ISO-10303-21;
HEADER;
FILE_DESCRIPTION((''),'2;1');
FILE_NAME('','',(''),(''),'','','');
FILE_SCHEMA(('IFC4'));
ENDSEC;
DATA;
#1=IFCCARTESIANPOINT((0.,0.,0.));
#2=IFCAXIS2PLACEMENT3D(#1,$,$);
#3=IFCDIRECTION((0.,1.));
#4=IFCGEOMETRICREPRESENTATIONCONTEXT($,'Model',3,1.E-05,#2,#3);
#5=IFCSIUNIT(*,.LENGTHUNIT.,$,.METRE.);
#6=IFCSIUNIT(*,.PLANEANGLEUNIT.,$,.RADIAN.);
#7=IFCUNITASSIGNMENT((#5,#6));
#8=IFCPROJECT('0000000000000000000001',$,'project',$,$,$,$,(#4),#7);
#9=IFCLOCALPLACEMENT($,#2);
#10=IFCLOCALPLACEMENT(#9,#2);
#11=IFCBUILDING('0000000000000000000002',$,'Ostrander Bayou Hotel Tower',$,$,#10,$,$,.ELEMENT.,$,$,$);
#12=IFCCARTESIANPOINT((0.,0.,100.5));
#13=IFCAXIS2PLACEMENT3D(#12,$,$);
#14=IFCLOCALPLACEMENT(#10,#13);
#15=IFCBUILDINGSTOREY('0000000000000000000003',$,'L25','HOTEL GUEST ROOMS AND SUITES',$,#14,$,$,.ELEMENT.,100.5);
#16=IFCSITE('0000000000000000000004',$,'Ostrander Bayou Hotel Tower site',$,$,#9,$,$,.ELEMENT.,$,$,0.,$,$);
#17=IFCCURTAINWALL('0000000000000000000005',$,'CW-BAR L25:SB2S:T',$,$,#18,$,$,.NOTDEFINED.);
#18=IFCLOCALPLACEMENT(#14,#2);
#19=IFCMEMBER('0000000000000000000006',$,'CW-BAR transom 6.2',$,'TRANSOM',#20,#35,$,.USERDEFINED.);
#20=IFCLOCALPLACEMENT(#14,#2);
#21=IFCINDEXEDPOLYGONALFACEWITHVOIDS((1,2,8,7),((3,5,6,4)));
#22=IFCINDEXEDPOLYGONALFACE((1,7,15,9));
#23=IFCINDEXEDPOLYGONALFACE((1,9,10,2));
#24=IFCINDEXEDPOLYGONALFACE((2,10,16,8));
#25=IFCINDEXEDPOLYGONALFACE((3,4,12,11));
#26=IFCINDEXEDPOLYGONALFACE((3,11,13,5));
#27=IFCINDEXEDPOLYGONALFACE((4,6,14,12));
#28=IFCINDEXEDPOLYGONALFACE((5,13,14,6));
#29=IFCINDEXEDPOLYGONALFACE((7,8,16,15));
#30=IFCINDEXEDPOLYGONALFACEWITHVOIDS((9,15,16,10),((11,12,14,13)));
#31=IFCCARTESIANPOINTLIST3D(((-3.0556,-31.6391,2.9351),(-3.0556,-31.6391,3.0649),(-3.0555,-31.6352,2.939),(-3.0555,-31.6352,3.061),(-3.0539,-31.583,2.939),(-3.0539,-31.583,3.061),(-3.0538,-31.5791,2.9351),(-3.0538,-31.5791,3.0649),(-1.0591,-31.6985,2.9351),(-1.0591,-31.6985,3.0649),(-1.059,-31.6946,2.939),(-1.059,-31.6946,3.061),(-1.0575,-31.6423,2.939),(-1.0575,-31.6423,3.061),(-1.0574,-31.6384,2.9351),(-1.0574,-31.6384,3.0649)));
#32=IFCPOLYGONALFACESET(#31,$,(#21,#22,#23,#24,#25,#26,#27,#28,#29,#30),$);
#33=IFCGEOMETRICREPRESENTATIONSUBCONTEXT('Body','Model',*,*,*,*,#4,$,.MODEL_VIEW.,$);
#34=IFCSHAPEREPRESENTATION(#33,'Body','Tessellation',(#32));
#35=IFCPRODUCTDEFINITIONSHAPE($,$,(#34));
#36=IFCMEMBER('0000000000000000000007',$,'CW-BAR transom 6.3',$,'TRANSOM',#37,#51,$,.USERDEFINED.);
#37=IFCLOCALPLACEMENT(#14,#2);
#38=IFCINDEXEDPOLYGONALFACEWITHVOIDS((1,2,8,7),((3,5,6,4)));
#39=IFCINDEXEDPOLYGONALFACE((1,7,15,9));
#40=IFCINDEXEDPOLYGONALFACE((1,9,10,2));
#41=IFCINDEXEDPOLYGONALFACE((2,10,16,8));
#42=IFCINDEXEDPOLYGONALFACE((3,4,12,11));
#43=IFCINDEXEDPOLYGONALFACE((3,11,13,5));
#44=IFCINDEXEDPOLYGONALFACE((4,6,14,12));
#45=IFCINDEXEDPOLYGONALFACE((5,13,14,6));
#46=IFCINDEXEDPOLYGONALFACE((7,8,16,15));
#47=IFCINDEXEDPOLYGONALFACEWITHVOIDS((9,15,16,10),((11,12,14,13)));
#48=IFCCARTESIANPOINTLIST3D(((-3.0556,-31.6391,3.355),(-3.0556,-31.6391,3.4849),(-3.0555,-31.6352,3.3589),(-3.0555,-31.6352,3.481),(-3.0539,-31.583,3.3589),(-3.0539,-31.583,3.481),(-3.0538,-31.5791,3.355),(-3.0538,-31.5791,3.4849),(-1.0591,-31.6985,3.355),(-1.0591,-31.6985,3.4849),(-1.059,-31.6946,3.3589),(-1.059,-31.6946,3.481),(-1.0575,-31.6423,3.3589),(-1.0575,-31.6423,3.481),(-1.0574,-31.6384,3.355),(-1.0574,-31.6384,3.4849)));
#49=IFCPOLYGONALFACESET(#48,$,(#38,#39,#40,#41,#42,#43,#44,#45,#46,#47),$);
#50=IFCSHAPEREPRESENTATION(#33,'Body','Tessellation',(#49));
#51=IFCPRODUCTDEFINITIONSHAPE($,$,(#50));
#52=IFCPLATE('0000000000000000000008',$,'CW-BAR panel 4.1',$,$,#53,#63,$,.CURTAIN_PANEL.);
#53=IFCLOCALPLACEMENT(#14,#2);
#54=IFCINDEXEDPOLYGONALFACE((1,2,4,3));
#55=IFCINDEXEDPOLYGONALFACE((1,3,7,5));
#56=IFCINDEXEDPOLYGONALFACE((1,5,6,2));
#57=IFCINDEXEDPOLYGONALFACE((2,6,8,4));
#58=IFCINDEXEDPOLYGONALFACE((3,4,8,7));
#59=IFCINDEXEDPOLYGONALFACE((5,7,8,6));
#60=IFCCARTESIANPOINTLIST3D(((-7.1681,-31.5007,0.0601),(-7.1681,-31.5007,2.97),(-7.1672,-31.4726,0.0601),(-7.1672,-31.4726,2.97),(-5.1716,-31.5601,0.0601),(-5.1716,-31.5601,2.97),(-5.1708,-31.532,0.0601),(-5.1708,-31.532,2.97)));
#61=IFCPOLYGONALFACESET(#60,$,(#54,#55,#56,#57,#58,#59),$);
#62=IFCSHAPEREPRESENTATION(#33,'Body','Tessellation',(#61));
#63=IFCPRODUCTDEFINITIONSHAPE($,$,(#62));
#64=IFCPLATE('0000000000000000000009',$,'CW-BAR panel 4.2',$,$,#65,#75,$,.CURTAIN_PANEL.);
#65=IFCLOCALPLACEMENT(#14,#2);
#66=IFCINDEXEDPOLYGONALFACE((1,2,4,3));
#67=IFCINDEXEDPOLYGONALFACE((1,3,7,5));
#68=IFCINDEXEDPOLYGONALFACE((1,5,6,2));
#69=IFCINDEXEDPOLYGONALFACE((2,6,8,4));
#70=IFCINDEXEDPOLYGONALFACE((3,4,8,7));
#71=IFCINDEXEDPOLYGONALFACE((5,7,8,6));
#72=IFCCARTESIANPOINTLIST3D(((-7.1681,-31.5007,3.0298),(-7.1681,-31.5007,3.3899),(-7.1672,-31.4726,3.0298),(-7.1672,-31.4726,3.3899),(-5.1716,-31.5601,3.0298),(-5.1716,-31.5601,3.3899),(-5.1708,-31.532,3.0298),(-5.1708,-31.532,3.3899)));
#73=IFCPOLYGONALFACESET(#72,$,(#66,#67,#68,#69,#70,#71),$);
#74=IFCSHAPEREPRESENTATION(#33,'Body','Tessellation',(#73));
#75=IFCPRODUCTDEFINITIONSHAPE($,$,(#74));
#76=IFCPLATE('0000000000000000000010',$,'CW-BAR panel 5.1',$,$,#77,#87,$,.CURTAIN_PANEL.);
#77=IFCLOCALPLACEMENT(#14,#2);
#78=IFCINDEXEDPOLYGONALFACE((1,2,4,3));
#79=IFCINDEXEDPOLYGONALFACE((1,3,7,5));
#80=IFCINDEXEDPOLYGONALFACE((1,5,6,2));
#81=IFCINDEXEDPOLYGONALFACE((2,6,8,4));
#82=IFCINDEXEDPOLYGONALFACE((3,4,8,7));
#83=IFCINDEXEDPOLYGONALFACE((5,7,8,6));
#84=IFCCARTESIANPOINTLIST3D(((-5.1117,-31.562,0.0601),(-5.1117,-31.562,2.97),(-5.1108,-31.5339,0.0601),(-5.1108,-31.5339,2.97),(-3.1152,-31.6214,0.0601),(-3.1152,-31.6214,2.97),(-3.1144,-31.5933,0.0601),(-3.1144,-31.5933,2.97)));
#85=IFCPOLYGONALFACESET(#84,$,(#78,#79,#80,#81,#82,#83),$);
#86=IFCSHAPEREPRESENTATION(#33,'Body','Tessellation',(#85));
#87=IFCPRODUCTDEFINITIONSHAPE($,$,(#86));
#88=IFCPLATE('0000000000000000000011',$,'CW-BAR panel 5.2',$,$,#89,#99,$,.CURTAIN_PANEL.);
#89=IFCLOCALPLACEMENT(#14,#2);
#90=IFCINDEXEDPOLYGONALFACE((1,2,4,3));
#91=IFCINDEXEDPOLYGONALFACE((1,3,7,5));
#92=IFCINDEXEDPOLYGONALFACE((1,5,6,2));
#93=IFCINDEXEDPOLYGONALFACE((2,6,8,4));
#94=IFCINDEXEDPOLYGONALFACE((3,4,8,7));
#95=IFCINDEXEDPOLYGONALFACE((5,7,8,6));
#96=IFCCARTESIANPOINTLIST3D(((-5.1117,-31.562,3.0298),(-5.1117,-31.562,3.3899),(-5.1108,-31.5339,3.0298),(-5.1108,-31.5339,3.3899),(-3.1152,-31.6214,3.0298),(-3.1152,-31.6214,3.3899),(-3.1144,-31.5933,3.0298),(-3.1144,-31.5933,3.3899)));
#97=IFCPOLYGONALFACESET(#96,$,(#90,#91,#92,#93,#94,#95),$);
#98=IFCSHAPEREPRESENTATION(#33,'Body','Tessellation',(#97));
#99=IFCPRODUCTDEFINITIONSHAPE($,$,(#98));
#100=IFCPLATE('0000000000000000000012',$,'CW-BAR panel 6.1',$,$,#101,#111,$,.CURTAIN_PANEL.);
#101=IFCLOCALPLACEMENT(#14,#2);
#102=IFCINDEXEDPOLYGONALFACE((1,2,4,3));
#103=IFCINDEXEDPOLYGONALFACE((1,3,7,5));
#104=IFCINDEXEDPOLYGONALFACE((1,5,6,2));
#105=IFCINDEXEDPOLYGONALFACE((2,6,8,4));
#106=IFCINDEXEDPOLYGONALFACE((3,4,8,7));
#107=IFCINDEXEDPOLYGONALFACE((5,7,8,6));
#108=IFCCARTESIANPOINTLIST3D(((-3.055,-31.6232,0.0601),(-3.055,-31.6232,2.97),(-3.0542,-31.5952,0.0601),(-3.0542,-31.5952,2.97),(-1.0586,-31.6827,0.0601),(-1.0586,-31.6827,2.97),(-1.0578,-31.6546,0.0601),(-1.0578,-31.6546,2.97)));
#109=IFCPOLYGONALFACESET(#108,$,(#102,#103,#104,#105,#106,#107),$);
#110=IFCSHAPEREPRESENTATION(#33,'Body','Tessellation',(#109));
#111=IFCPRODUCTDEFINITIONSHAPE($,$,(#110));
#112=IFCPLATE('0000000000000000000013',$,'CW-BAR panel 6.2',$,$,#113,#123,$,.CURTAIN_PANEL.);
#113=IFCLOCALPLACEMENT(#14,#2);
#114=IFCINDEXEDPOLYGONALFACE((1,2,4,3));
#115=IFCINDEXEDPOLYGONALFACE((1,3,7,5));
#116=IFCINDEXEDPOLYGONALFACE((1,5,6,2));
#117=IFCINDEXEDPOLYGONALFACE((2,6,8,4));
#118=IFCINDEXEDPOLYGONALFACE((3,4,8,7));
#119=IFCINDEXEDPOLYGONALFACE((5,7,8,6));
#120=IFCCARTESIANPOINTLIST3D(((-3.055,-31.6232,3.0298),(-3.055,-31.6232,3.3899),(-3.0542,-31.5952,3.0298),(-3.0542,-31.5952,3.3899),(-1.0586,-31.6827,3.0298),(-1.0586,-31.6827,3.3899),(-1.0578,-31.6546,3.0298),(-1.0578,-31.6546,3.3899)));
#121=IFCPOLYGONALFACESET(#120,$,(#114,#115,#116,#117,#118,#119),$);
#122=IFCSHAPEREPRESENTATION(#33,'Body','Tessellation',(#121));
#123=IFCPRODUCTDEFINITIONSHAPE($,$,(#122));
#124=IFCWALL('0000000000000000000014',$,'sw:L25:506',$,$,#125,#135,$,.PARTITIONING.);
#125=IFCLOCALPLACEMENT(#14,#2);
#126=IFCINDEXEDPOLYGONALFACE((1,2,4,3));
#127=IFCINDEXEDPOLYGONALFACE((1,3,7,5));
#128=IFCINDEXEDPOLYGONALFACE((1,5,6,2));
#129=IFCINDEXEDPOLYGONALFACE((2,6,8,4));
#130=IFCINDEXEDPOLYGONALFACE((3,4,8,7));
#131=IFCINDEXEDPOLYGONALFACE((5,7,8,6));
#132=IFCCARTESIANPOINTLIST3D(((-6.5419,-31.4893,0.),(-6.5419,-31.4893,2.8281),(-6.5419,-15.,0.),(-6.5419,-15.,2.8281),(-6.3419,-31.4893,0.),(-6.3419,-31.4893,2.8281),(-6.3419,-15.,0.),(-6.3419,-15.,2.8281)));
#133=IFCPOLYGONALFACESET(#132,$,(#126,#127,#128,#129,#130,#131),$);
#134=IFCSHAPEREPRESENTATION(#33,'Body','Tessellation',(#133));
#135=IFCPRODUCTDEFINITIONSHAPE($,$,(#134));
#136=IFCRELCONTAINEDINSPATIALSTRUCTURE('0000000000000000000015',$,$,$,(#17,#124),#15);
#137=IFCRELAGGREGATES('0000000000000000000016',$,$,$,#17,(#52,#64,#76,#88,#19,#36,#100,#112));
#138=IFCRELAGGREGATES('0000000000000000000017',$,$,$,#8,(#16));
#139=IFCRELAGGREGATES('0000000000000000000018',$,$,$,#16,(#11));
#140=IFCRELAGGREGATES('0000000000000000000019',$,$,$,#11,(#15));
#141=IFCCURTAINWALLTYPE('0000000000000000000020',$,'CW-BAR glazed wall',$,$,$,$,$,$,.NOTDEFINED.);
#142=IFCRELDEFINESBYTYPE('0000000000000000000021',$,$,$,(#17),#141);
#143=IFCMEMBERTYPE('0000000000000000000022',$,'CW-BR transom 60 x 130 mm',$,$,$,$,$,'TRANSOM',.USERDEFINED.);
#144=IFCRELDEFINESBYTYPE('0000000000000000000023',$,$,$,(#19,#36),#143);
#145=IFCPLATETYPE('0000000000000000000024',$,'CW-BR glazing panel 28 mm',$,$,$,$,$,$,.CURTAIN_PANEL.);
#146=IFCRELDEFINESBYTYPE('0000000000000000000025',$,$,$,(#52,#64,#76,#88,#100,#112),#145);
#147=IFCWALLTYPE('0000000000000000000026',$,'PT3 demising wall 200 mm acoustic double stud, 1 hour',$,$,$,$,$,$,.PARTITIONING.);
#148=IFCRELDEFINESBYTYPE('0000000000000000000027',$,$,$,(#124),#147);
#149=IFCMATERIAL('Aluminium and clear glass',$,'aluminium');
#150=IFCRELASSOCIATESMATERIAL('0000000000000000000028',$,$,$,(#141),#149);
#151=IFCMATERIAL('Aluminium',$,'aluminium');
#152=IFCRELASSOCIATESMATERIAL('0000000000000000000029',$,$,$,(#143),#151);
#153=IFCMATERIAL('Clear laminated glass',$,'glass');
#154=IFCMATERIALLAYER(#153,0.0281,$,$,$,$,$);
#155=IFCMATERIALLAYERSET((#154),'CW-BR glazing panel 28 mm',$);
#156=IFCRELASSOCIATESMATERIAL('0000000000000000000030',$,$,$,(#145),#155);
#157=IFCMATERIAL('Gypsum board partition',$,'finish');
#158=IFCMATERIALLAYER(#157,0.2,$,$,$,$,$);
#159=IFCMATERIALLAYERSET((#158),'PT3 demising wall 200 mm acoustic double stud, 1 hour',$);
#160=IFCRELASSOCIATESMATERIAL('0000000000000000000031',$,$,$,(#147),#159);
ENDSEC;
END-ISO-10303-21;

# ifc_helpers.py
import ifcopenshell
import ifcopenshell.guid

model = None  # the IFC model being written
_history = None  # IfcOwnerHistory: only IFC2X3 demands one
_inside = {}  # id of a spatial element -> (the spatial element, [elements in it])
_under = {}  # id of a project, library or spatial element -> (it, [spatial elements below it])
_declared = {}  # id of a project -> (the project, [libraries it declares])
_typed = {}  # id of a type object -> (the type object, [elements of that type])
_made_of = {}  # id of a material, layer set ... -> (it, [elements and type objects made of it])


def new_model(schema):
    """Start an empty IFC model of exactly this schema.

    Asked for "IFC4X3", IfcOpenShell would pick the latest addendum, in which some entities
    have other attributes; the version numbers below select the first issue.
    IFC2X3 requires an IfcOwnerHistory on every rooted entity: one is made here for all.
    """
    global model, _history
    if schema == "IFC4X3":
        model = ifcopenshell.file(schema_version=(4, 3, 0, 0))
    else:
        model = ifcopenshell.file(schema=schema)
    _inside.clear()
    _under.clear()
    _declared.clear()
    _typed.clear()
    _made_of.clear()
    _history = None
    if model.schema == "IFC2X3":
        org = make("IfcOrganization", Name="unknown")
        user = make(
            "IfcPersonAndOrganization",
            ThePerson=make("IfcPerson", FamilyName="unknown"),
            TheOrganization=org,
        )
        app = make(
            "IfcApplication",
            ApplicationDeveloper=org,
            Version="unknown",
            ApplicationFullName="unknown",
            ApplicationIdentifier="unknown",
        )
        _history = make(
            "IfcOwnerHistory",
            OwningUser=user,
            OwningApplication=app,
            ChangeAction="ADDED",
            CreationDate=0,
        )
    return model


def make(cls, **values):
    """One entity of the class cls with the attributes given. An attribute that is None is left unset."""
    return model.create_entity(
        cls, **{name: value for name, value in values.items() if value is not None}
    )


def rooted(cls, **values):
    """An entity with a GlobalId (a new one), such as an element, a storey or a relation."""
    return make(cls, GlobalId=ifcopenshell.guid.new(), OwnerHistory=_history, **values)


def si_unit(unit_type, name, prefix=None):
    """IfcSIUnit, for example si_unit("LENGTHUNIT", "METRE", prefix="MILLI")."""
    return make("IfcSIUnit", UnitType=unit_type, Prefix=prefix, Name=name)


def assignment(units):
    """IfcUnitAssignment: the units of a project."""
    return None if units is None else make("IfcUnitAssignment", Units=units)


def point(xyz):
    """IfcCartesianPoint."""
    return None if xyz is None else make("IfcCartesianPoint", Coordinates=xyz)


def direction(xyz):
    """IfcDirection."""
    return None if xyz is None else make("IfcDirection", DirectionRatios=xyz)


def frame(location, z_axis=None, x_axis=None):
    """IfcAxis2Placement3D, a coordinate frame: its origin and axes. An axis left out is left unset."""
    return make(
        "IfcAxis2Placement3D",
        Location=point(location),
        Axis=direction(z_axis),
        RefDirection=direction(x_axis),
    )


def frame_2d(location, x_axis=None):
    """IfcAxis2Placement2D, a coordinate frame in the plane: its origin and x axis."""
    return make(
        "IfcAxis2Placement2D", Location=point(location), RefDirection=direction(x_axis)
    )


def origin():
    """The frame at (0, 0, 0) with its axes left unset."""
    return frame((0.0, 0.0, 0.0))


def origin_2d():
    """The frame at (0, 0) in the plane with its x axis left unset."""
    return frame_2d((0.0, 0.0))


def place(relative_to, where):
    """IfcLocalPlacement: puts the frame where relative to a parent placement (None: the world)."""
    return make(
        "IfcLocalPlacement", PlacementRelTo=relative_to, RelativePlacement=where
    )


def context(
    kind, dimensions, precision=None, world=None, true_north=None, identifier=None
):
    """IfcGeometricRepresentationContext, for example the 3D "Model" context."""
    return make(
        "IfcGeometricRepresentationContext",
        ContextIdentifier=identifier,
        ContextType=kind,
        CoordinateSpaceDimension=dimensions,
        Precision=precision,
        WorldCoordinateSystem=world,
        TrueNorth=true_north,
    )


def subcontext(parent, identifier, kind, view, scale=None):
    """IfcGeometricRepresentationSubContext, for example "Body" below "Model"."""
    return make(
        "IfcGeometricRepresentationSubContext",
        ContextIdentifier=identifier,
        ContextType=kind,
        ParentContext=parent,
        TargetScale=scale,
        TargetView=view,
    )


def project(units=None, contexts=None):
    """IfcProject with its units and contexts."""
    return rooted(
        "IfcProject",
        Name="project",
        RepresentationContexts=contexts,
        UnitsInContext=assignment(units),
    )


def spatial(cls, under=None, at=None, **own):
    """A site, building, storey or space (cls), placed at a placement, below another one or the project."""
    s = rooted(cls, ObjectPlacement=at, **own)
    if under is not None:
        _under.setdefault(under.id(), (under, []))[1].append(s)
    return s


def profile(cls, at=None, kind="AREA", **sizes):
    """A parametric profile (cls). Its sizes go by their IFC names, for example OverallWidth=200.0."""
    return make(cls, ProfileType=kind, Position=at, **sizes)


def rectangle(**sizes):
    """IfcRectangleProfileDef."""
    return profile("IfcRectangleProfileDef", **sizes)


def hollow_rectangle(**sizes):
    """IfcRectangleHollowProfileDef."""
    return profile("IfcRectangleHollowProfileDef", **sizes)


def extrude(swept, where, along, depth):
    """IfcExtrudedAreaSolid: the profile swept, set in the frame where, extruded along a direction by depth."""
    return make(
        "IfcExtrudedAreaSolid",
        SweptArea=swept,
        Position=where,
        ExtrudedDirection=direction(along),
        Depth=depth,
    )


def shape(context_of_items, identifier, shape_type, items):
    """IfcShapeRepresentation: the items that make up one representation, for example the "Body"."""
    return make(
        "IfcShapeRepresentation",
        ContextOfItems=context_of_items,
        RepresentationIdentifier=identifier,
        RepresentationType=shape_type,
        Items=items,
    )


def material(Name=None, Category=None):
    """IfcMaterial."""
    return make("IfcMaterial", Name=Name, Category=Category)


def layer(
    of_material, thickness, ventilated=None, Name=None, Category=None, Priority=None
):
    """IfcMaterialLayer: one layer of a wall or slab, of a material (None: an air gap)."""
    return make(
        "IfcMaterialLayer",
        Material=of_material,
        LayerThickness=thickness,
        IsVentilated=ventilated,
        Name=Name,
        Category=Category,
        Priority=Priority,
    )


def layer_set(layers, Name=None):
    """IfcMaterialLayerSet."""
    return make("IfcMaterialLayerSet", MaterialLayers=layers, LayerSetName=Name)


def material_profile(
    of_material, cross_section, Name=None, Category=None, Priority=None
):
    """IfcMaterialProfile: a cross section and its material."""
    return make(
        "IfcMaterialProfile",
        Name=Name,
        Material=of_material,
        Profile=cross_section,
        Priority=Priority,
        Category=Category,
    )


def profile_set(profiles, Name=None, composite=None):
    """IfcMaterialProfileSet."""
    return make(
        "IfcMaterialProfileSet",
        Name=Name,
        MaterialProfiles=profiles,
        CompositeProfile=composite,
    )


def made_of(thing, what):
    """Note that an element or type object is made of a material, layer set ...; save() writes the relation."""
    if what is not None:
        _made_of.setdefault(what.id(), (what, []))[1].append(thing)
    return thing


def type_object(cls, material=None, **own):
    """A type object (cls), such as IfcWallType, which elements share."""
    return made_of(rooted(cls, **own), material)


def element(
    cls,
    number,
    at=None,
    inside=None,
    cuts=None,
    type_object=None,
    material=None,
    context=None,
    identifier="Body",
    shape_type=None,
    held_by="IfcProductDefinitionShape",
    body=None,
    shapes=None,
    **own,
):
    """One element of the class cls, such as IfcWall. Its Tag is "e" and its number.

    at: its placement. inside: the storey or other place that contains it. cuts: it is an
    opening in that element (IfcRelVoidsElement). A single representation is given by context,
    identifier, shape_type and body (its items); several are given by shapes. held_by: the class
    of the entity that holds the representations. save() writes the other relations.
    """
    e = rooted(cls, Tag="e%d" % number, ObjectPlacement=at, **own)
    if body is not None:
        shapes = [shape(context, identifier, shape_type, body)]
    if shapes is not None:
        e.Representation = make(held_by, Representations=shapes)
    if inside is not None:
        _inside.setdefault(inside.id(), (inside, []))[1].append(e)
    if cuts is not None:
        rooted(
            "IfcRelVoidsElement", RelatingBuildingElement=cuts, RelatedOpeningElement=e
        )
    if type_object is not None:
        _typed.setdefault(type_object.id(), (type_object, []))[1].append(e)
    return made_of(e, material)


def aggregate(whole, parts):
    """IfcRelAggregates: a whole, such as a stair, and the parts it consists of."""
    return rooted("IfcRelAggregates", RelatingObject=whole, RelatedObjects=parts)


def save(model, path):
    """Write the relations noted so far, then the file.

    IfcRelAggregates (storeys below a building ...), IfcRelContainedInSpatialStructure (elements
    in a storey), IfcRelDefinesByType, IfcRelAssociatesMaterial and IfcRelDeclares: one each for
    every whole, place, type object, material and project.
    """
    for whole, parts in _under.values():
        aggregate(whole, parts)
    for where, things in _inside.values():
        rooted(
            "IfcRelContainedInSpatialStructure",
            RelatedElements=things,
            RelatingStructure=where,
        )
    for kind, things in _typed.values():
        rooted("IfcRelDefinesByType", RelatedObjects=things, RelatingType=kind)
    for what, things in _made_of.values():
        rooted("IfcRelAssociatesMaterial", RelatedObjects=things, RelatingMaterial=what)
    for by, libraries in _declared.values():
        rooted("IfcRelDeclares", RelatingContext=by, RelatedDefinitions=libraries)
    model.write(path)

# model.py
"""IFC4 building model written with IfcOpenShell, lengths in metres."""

from ifc_helpers import new_model, si_unit, direction, frame, frame_2d, origin, origin_2d, place, context, subcontext, project, spatial, rectangle, hollow_rectangle, extrude, material, layer, layer_set, material_profile, profile_set, type_object, element, aggregate, save


model = new_model("IFC4")

# Units and contexts
model_context = context("Model", 3, precision=1e-05, world=origin(), true_north=direction((0.0, 1.0)))
body_context = subcontext(model_context, "Body", "Model", "MODEL_VIEW")
ifc_project = project(units=[si_unit("LENGTHUNIT", "METRE"), si_unit("PLANEANGLEUNIT", "RADIAN")], contexts=[model_context])

# Site, building, storey
site_placement = place(None, origin())
site = spatial("IfcSite", under=ifc_project, at=site_placement, Name="Ostrander Bayou Hotel Tower site", CompositionType="ELEMENT", RefElevation=0.0)
building_placement = place(site_placement, origin())
building = spatial("IfcBuilding", under=site, at=building_placement, Name="Ostrander Bayou Hotel Tower", CompositionType="ELEMENT")
storey_placement = place(building_placement, frame((0.0, 0.0, 100.5)))
storey = spatial("IfcBuildingStorey", under=building, at=storey_placement, Name="L25", Description="HOTEL GUEST ROOMS AND SUITES", CompositionType="ELEMENT", Elevation=100.5)

# Curtain wall, members, plates
ifc_material_1 = material(Name="Aluminium and clear glass", Category="aluminium")
curtain_wall_type = type_object("IfcCurtainWallType", Name="CW-BAR glazed wall", PredefinedType="NOTDEFINED", material=ifc_material_1)
curtain_wall_placement = place(storey_placement, origin())
curtain_wall = element("IfcCurtainWall", 1, at=curtain_wall_placement, inside=storey, type_object=curtain_wall_type, Name="CW-BAR L25:SB2S:T", PredefinedType="NOTDEFINED")
ifc_material_2 = material(Name="Aluminium", Category="aluminium")
ifc_material_profile_1 = material_profile(ifc_material_2, hollow_rectangle(XDim=0.0601, YDim=0.1299, WallThickness=0.0039, at=origin_2d()))
ifc_profile_set_1 = profile_set([ifc_material_profile_1], Name="Aluminium")
member_type_1 = type_object("IfcMemberType", Name="CW-BR transom 60 x 130 mm", ElementType="TRANSOM", PredefinedType="USERDEFINED", material=ifc_profile_set_1)
member_1_placement = place(storey_placement, frame((-3.0547, -31.6091, 3.0), z_axis=(0.999559, -0.029704, 0.0), x_axis=(0.029704, 0.999559, 0.0)))
member_1 = element("IfcMember", 2, at=member_1_placement, type_object=member_type_1, Name="CW-BAR transom 6.2", ObjectType="TRANSOM", PredefinedType="USERDEFINED", context=body_context, shape_type="SweptSolid", body=[
    extrude(hollow_rectangle(XDim=0.0601, YDim=0.1299, WallThickness=0.0039, at=origin_2d()), origin(), (0.0, 0.0, 1.0), 1.9973),
])
member_2_placement = place(storey_placement, frame((-3.0547, -31.6091, 3.4199), z_axis=(0.999559, -0.029704, 0.0), x_axis=(0.029704, 0.999559, 0.0)))
member_2 = element("IfcMember", 3, at=member_2_placement, type_object=member_type_1, Name="CW-BAR transom 6.3", ObjectType="TRANSOM", PredefinedType="USERDEFINED", context=body_context, shape_type="SweptSolid", body=[
    extrude(hollow_rectangle(XDim=0.0601, YDim=0.1299, WallThickness=0.0039, at=origin_2d()), origin(), (0.0, 0.0, 1.0), 1.9973),
])
ifc_material_3 = material(Name="Clear laminated glass", Category="glass")
ifc_layer_1 = layer(ifc_material_3, 0.0281)
ifc_layer_set_1 = layer_set([ifc_layer_1], Name="CW-BR glazing panel 28 mm")
plate_type = type_object("IfcPlateType", Name="CW-BR glazing panel 28 mm", PredefinedType="CURTAIN_PANEL", material=ifc_layer_set_1)
plate_1_placement = place(storey_placement, frame((-6.1694, -31.5164, 0.0601), z_axis=(0.0, 0.0, 1.0), x_axis=(0.999557, -0.029746, 0.0)))
plate_1 = element("IfcPlate", 4, at=plate_1_placement, type_object=plate_type, Name="CW-BAR panel 4.1", PredefinedType="CURTAIN_PANEL", context=body_context, shape_type="SweptSolid", body=[
    extrude(rectangle(XDim=1.9973, YDim=0.0281, at=origin_2d()), origin(), (0.0, 0.0, 1.0), 2.9099),
])
plate_2_placement = place(storey_placement, frame((-6.1694, -31.5164, 3.0298), z_axis=(0.0, 0.0, 1.0), x_axis=(0.999557, -0.029746, 0.0)))
plate_2 = element("IfcPlate", 5, at=plate_2_placement, type_object=plate_type, Name="CW-BAR panel 4.2", PredefinedType="CURTAIN_PANEL", context=body_context, shape_type="SweptSolid", body=[
    extrude(rectangle(XDim=1.9973, YDim=0.0281, at=origin_2d()), origin(), (0.0, 0.0, 1.0), 0.3601),
])
plate_3_placement = place(storey_placement, frame((-4.113, -31.5776, 0.0601), z_axis=(0.0, 0.0, 1.0), x_axis=(0.999557, -0.029746, 0.0)))
plate_3 = element("IfcPlate", 6, at=plate_3_placement, type_object=plate_type, Name="CW-BAR panel 5.1", PredefinedType="CURTAIN_PANEL", context=body_context, shape_type="SweptSolid", body=[
    extrude(rectangle(XDim=1.9973, YDim=0.0281, at=origin_2d()), origin(), (0.0, 0.0, 1.0), 2.9099),
])
plate_4_placement = place(storey_placement, frame((-4.113, -31.5776, 3.0298), z_axis=(0.0, 0.0, 1.0), x_axis=(0.999557, -0.029746, 0.0)))
plate_4 = element("IfcPlate", 7, at=plate_4_placement, type_object=plate_type, Name="CW-BAR panel 5.2", PredefinedType="CURTAIN_PANEL", context=body_context, shape_type="SweptSolid", body=[
    extrude(rectangle(XDim=1.9973, YDim=0.0281, at=origin_2d()), origin(), (0.0, 0.0, 1.0), 0.3601),
])
plate_5_placement = place(storey_placement, frame((-2.0564, -31.6389, 0.0601), z_axis=(0.0, 0.0, 1.0), x_axis=(0.999557, -0.029746, 0.0)))
plate_5 = element("IfcPlate", 8, at=plate_5_placement, type_object=plate_type, Name="CW-BAR panel 6.1", PredefinedType="CURTAIN_PANEL", context=body_context, shape_type="SweptSolid", body=[
    extrude(rectangle(XDim=1.9973, YDim=0.0281, at=origin_2d()), origin(), (0.0, 0.0, 1.0), 2.9099),
])
plate_6_placement = place(storey_placement, frame((-2.0564, -31.6389, 3.0298), z_axis=(0.0, 0.0, 1.0), x_axis=(0.999557, -0.029746, 0.0)))
plate_6 = element("IfcPlate", 9, at=plate_6_placement, type_object=plate_type, Name="CW-BAR panel 6.2", PredefinedType="CURTAIN_PANEL", context=body_context, shape_type="SweptSolid", body=[
    extrude(rectangle(XDim=1.9973, YDim=0.0281, at=origin_2d()), origin(), (0.0, 0.0, 1.0), 0.3601),
])
aggregate(curtain_wall, [plate_1, plate_2, plate_3, plate_4, member_1, member_2, plate_5, plate_6])

# Wall
ifc_material_4 = material(Name="Gypsum board partition", Category="finish")
ifc_layer_2 = layer(ifc_material_4, 0.2)
ifc_layer_set_2 = layer_set([ifc_layer_2], Name="PT3 demising wall 200 mm acoustic double stud, 1 hour")
wall_type = type_object("IfcWallType", Name="PT3 demising wall 200 mm acoustic double stud, 1 hour", PredefinedType="PARTITIONING", material=ifc_layer_set_2)
wall_placement = place(storey_placement, frame((-6.4419, -31.4893, 0.0), z_axis=(0.0, 0.0, 1.0), x_axis=(0.0, 1.0, 0.0)))
element("IfcWall", 10, at=wall_placement, inside=storey, type_object=wall_type, Name="sw:L25:506", PredefinedType="PARTITIONING", context=body_context, shape_type="SweptSolid", body=[
    extrude(rectangle(XDim=16.4893, YDim=0.2, at=frame_2d((8.2446, 0.0))), origin(), (0.0, 0.0, 1.0), 2.8281),
])

save(model, "model.ifc")
